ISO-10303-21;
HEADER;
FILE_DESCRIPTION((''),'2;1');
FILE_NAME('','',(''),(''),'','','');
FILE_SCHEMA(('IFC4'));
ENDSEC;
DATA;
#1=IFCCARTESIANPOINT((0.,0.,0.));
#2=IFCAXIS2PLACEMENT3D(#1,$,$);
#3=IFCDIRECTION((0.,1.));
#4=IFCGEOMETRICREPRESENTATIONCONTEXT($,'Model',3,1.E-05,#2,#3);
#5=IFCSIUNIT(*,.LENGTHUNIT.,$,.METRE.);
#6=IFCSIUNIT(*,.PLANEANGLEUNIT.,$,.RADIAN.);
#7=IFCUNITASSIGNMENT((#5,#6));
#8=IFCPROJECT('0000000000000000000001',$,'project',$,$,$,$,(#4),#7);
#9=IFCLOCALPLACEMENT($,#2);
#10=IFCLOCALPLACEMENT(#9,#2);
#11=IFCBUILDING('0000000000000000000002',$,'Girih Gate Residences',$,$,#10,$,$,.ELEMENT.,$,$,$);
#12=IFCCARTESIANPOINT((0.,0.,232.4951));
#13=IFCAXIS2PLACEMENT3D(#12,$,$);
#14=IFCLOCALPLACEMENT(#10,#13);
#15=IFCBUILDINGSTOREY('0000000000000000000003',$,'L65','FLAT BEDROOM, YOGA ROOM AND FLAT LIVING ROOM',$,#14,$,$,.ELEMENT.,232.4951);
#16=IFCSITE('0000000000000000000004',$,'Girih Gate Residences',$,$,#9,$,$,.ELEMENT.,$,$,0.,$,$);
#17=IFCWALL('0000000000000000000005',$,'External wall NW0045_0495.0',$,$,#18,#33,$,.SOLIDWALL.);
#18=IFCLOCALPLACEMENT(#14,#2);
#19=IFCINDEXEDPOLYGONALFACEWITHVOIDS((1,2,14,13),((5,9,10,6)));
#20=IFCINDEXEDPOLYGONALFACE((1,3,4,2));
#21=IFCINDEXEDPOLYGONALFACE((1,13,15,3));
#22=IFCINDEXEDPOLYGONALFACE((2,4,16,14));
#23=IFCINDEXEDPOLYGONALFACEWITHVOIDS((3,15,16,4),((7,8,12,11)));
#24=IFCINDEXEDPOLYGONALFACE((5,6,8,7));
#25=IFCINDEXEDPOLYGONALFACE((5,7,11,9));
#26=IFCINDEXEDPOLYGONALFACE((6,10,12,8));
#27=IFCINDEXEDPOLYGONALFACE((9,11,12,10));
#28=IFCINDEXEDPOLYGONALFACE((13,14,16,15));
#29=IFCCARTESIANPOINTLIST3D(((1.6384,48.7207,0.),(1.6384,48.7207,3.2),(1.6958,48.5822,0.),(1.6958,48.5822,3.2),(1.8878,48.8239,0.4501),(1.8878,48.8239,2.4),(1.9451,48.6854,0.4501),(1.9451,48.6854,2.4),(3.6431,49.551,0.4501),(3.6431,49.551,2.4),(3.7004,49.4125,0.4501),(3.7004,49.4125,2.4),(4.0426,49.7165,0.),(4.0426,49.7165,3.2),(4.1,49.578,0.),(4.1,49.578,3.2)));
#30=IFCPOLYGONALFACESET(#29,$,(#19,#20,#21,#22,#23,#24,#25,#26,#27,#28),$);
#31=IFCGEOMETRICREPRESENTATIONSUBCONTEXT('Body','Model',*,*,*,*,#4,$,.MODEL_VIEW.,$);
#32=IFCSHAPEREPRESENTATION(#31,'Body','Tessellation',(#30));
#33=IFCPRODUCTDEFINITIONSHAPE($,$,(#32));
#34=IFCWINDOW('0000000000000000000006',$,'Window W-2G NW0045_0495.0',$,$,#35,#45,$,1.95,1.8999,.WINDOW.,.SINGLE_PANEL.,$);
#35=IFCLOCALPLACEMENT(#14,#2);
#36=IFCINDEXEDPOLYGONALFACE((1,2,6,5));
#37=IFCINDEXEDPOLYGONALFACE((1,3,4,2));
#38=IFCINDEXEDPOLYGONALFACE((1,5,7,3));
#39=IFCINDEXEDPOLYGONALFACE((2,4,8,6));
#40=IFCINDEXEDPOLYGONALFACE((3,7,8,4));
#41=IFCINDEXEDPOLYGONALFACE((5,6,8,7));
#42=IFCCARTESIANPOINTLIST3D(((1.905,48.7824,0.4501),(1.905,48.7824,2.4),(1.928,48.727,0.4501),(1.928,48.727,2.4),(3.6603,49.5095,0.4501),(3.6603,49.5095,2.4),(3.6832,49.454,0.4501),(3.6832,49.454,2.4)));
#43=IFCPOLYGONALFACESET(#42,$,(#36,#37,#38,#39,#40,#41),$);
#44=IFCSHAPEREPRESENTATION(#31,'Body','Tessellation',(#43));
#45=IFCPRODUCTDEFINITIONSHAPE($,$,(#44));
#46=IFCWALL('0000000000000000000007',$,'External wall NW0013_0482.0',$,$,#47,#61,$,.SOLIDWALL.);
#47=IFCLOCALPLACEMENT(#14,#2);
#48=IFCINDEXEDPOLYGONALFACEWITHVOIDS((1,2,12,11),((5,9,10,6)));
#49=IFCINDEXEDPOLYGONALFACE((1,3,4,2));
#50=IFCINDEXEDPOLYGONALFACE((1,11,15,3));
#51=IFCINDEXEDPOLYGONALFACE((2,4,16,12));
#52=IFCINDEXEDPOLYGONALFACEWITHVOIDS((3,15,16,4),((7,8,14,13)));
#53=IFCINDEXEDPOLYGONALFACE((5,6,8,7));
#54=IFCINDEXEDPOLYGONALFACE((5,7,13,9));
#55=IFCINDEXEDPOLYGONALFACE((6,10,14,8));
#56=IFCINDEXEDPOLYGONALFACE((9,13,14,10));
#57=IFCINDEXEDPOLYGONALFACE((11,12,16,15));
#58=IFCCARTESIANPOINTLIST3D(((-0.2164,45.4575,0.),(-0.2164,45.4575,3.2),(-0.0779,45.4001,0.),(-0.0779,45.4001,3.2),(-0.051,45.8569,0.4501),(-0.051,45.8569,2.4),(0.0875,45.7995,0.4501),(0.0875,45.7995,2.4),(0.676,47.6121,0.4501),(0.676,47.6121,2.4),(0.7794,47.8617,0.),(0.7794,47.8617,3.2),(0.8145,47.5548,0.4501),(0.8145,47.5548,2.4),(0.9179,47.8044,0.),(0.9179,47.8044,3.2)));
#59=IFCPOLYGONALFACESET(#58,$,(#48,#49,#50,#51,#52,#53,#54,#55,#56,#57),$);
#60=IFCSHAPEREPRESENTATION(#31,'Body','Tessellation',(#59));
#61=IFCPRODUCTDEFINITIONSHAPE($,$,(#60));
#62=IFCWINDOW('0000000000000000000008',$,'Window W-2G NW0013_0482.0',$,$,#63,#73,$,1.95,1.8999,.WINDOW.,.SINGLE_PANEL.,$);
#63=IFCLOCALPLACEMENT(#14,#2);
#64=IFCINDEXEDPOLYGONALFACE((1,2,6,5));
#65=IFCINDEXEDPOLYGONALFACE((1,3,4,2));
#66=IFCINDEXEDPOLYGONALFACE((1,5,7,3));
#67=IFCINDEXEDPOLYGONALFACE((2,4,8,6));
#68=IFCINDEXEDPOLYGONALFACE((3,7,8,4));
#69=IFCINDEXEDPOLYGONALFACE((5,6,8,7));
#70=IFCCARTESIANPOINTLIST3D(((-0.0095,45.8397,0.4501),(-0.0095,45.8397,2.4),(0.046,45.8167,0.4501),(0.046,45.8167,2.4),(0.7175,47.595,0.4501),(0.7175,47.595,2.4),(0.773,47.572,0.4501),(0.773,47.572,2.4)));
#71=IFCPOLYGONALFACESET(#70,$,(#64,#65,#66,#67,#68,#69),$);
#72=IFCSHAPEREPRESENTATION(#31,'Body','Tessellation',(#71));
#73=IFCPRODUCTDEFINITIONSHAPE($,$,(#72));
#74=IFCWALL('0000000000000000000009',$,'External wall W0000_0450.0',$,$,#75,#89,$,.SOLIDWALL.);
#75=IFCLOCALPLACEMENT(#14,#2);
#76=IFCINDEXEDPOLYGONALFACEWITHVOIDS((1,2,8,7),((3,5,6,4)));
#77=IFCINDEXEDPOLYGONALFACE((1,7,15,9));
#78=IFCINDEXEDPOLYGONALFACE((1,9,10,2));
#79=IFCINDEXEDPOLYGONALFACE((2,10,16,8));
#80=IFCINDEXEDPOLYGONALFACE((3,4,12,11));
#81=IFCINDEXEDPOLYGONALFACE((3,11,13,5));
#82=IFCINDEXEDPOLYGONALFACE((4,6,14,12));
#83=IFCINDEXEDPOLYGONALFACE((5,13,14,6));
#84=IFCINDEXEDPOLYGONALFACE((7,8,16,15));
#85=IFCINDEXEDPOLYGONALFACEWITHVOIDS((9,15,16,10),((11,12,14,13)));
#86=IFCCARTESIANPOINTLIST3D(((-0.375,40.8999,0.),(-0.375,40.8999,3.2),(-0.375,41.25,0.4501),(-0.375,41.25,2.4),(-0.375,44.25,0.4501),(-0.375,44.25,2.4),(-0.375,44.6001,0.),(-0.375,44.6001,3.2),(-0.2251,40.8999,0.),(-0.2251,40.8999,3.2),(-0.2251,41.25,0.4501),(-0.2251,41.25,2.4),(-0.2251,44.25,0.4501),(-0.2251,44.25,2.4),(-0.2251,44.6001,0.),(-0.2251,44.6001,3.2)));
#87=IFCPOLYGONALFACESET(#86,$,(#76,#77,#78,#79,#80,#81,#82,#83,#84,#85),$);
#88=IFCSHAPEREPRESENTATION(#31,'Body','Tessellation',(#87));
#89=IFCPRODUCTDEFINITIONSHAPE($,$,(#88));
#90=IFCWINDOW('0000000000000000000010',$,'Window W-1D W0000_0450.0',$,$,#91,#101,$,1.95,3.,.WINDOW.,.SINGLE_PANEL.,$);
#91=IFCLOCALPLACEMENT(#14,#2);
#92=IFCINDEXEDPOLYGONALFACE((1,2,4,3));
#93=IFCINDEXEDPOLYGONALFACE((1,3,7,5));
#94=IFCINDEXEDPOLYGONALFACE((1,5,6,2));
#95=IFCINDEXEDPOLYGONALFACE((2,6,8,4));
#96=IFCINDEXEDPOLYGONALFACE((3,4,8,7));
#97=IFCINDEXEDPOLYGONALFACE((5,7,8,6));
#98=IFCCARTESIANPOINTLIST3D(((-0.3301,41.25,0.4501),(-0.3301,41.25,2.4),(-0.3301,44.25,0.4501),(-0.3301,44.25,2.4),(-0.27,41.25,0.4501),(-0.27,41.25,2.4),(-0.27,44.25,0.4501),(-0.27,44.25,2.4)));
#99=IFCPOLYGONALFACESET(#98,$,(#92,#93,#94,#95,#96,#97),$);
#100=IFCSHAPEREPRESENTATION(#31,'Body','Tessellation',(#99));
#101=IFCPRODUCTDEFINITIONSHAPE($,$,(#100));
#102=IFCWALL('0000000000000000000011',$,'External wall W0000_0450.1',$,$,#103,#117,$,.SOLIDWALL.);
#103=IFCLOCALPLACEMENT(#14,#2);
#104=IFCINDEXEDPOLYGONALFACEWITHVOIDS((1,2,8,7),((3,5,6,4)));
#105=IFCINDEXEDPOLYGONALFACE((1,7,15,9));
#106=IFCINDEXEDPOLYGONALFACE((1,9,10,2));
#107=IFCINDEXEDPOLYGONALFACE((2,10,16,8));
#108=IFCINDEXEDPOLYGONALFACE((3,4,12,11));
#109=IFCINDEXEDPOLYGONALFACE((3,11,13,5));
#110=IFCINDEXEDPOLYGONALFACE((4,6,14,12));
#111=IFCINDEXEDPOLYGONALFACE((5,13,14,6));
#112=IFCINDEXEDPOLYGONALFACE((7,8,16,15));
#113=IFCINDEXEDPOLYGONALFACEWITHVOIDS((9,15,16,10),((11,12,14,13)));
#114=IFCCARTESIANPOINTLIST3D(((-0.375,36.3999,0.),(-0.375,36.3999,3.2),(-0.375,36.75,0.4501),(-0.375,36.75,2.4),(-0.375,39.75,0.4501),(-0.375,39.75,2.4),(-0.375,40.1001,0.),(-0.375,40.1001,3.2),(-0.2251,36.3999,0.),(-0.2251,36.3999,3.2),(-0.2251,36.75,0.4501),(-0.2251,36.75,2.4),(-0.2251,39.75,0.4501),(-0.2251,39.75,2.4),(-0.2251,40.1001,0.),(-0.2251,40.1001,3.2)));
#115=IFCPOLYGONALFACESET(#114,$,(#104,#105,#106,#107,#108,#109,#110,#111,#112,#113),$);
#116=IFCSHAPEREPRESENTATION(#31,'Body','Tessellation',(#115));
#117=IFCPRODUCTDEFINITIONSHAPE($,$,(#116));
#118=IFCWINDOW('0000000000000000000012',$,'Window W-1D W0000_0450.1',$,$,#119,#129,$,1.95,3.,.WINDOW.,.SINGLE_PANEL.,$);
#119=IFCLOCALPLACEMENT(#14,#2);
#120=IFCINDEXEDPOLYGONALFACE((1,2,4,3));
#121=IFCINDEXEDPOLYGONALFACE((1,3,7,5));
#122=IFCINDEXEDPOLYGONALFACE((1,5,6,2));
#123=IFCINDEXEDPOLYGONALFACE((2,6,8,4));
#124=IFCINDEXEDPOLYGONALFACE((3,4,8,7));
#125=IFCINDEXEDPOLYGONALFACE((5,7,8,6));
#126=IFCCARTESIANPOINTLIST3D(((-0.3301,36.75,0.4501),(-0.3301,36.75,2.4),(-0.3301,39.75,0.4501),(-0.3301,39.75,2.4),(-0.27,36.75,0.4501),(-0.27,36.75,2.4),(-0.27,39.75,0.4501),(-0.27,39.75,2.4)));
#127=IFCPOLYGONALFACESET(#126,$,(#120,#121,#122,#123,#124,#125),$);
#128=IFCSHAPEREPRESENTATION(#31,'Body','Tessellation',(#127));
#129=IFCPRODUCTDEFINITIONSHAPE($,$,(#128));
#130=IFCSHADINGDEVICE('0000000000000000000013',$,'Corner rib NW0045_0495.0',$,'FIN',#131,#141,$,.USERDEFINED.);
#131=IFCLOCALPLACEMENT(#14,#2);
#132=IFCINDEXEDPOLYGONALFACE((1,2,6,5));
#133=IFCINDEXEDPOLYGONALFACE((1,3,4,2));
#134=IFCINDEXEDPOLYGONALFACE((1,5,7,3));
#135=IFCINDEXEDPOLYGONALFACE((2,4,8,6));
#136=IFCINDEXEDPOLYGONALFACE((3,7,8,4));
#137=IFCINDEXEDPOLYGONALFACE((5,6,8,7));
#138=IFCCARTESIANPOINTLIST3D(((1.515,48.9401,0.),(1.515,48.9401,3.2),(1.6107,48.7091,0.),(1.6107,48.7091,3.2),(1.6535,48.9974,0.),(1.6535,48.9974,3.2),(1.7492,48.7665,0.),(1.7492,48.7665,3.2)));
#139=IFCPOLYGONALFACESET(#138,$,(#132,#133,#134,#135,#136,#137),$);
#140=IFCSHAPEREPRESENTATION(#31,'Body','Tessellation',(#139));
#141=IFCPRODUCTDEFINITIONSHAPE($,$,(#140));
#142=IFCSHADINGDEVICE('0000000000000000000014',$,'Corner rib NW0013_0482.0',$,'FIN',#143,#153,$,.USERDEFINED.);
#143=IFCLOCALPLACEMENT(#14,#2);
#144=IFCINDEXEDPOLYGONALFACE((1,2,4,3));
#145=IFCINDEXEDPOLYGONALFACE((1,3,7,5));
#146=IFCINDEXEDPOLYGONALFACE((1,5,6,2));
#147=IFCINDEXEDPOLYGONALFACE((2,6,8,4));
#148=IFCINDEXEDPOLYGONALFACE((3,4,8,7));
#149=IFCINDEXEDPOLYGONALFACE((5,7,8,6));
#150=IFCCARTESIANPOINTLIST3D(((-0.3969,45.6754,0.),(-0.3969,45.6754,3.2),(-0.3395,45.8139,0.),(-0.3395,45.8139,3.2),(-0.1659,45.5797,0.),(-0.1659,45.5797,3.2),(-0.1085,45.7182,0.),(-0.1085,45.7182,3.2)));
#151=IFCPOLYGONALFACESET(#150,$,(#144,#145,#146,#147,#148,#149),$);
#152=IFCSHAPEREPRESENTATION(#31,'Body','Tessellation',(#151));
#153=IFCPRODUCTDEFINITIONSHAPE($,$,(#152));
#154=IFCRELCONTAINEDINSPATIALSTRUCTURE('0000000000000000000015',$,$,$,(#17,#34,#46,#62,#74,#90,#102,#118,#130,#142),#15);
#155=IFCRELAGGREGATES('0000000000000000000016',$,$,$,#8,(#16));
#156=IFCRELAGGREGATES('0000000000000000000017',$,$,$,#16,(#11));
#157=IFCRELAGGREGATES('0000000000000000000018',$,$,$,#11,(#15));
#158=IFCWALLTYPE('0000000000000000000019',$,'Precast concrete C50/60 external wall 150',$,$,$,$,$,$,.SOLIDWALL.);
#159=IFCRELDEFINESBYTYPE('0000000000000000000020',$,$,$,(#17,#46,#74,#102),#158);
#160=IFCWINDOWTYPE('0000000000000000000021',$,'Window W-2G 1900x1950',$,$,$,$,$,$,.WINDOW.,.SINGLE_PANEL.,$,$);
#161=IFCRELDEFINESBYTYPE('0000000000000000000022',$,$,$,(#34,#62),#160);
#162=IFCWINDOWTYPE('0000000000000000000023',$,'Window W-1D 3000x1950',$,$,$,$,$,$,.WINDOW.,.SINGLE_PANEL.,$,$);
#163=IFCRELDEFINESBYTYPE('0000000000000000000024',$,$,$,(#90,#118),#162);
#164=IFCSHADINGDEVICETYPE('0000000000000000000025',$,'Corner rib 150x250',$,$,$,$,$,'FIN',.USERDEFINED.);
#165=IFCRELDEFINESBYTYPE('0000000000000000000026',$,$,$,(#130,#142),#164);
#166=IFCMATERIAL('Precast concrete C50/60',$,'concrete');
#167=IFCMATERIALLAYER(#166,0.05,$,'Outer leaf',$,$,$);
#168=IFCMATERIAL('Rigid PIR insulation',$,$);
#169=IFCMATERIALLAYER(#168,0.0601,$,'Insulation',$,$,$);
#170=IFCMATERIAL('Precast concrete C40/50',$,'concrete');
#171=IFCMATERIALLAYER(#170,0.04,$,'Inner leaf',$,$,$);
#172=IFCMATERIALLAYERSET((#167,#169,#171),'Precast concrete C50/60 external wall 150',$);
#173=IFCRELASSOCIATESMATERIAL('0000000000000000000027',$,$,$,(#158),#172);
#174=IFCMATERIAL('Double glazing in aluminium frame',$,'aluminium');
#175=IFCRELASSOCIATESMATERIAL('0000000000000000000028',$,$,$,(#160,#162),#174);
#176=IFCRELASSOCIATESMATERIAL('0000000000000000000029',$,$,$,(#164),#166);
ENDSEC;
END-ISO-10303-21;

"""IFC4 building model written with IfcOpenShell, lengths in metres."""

from ifc_helpers import new_model, si_unit, direction, frame, frame_2d, origin, origin_2d, place, context, subcontext, project, spatial, rectangle, extrude, material, layer, layer_set, type_object, element, fill, save


model = new_model("IFC4")

# Units and contexts
model_context = context("Model", 3, precision=1e-05, world=origin(), true_north=direction((0.0, 1.0)))
body_context = subcontext(model_context, "Body", "Model", "MODEL_VIEW")
ifc_project = project(units=[si_unit("LENGTHUNIT", "METRE"), si_unit("PLANEANGLEUNIT", "RADIAN")], contexts=[model_context])

# Site, building, storey
site_placement = place(None, origin())
site = spatial("IfcSite", under=ifc_project, at=site_placement, Name="Girih Gate Residences", CompositionType="ELEMENT", RefElevation=0.0)
building_placement = place(site_placement, origin())
building = spatial("IfcBuilding", under=site, at=building_placement, Name="Girih Gate Residences", CompositionType="ELEMENT")
storey_placement = place(building_placement, frame((0.0, 0.0, 232.4951)))
storey = spatial("IfcBuildingStorey", under=building, at=storey_placement, Name="L65", Description="FLAT BEDROOM, YOGA ROOM AND FLAT LIVING ROOM", CompositionType="ELEMENT", Elevation=232.4951)

# Walls, openings, windows
ifc_material_1 = material(Name="Precast concrete C50/60", Category="concrete")
ifc_layer_1 = layer(ifc_material_1, 0.05, Name="Outer leaf")
ifc_material_2 = material(Name="Rigid PIR insulation")
ifc_layer_2 = layer(ifc_material_2, 0.0601, Name="Insulation")
ifc_material_3 = material(Name="Precast concrete C40/50", Category="concrete")
ifc_layer_3 = layer(ifc_material_3, 0.04, Name="Inner leaf")
ifc_layer_set_1 = layer_set([ifc_layer_1, ifc_layer_2, ifc_layer_3], Name="Precast concrete C50/60 external wall 150")
wall_type_1 = type_object("IfcWallType", Name="Precast concrete C50/60 external wall 150", PredefinedType="SOLIDWALL", material=ifc_layer_set_1)
wall_1_placement = place(storey_placement, frame((1.667, 48.6514, 0.0), z_axis=(0.0, 0.0, 1.0), x_axis=(0.923885, 0.382669, 0.0)))
wall_1 = element("IfcWall", 1, at=wall_1_placement, inside=storey, type_object=wall_type_1, Name="External wall NW0045_0495.0", PredefinedType="SOLIDWALL", context=body_context, shape_type="SweptSolid", body=[
    extrude(rectangle(XDim=2.6023, YDim=0.1499, at=frame_2d((1.3013, 0.0))), origin(), (0.0, 0.0, 1.0), 3.2),
])
opening_1_placement = place(wall_1_placement, frame((0.27, 0.0, 0.45)))
opening_1 = element("IfcOpeningElement", 2, at=opening_1_placement, cuts=wall_1, PredefinedType="OPENING", context=body_context, shape_type="SweptSolid", body=[
    extrude(rectangle(XDim=1.8999, YDim=1.95, at=frame_2d((0.95, 0.9751))), frame((0.0, 0.085, 0.0), z_axis=(0.0, -1.0, 0.0), x_axis=(1.0, 0.0, 0.0)), (0.0, 0.0, 1.0), 0.1699),
])
ifc_material_4 = material(Name="Double glazing in aluminium frame", Category="aluminium")
window_type_1 = type_object("IfcWindowType", Name="Window W-2G 1900x1950", PartitioningType="SINGLE_PANEL", PredefinedType="WINDOW", material=ifc_material_4)
window_1_placement = place(opening_1_placement, origin())
window_1 = element("IfcWindow", 3, at=window_1_placement, inside=storey, type_object=window_type_1, Name="Window W-2G NW0045_0495.0", OverallHeight=1.95, OverallWidth=1.8999, PartitioningType="SINGLE_PANEL", PredefinedType="WINDOW", context=body_context, shape_type="SweptSolid", body=[
    extrude(rectangle(XDim=1.8999, YDim=1.95, at=frame_2d((0.95, 0.9751))), frame((0.0, 0.03, 0.0), z_axis=(0.0, -1.0, 0.0), x_axis=(1.0, 0.0, 0.0)), (0.0, 0.0, 1.0), 0.0601),
])
fill(opening_1, window_1)
wall_2_placement = place(storey_placement, frame((-0.1472, 45.4287, 0.0), z_axis=(0.0, 0.0, 1.0), x_axis=(0.382669, 0.923885, 0.0)))
wall_2 = element("IfcWall", 4, at=wall_2_placement, inside=storey, type_object=wall_type_1, Name="External wall NW0013_0482.0", PredefinedType="SOLIDWALL", context=body_context, shape_type="SweptSolid", body=[
    extrude(rectangle(XDim=2.6023, YDim=0.1499, at=frame_2d((1.3013, 0.0))), origin(), (0.0, 0.0, 1.0), 3.2),
])
opening_2_placement = place(wall_2_placement, frame((0.4324, 0.0, 0.45)))
opening_2 = element("IfcOpeningElement", 5, at=opening_2_placement, cuts=wall_2, PredefinedType="OPENING", context=body_context, shape_type="SweptSolid", body=[
    extrude(rectangle(XDim=1.8999, YDim=1.95, at=frame_2d((0.95, 0.9751))), frame((0.0, 0.085, 0.0), z_axis=(0.0, -1.0, 0.0), x_axis=(1.0, 0.0, 0.0)), (0.0, 0.0, 1.0), 0.1699),
])
window_2_placement = place(opening_2_placement, origin())
window_2 = element("IfcWindow", 6, at=window_2_placement, inside=storey, type_object=window_type_1, Name="Window W-2G NW0013_0482.0", OverallHeight=1.95, OverallWidth=1.8999, PartitioningType="SINGLE_PANEL", PredefinedType="WINDOW", context=body_context, shape_type="SweptSolid", body=[
    extrude(rectangle(XDim=1.8999, YDim=1.95, at=frame_2d((0.95, 0.9751))), frame((0.0, 0.03, 0.0), z_axis=(0.0, -1.0, 0.0), x_axis=(1.0, 0.0, 0.0)), (0.0, 0.0, 1.0), 0.0601),
])
fill(opening_2, window_2)
wall_3_placement = place(storey_placement, frame((-0.3, 40.8999, 0.0), z_axis=(0.0, 0.0, 1.0), x_axis=(0.0, 1.0, 0.0)))
wall_3 = element("IfcWall", 7, at=wall_3_placement, inside=storey, type_object=wall_type_1, Name="External wall W0000_0450.0", PredefinedType="SOLIDWALL", context=body_context, shape_type="SweptSolid", body=[
    extrude(rectangle(XDim=3.7002, YDim=0.1499, at=frame_2d((1.8501, 0.0))), origin(), (0.0, 0.0, 1.0), 3.2),
])
opening_3_placement = place(wall_3_placement, frame((0.3501, 0.0, 0.45)))
opening_3 = element("IfcOpeningElement", 8, at=opening_3_placement, cuts=wall_3, PredefinedType="OPENING", context=body_context, shape_type="SweptSolid", body=[
    extrude(rectangle(XDim=3.0, YDim=1.95, at=frame_2d((1.5, 0.9751))), frame((0.0, 0.085, 0.0), z_axis=(0.0, -1.0, 0.0), x_axis=(1.0, 0.0, 0.0)), (0.0, 0.0, 1.0), 0.1699),
])
window_type_2 = type_object("IfcWindowType", Name="Window W-1D 3000x1950", PartitioningType="SINGLE_PANEL", PredefinedType="WINDOW", material=ifc_material_4)
window_3_placement = place(opening_3_placement, origin())
window_3 = element("IfcWindow", 9, at=window_3_placement, inside=storey, type_object=window_type_2, Name="Window W-1D W0000_0450.0", OverallHeight=1.95, OverallWidth=3.0, PartitioningType="SINGLE_PANEL", PredefinedType="WINDOW", context=body_context, shape_type="SweptSolid", body=[
    extrude(rectangle(XDim=3.0, YDim=1.95, at=frame_2d((1.5, 0.9751))), frame((0.0, 0.03, 0.0), z_axis=(0.0, -1.0, 0.0), x_axis=(1.0, 0.0, 0.0)), (0.0, 0.0, 1.0), 0.0601),
])
fill(opening_3, window_3)
wall_4_placement = place(storey_placement, frame((-0.3, 36.3999, 0.0), z_axis=(0.0, 0.0, 1.0), x_axis=(0.0, 1.0, 0.0)))
wall_4 = element("IfcWall", 10, at=wall_4_placement, inside=storey, type_object=wall_type_1, Name="External wall W0000_0450.1", PredefinedType="SOLIDWALL", context=body_context, shape_type="SweptSolid", body=[
    extrude(rectangle(XDim=3.7002, YDim=0.1499, at=frame_2d((1.8501, 0.0))), origin(), (0.0, 0.0, 1.0), 3.2),
])
opening_4_placement = place(wall_4_placement, frame((0.3501, 0.0, 0.45)))
opening_4 = element("IfcOpeningElement", 11, at=opening_4_placement, cuts=wall_4, PredefinedType="OPENING", context=body_context, shape_type="SweptSolid", body=[
    extrude(rectangle(XDim=3.0, YDim=1.95, at=frame_2d((1.5, 0.9751))), frame((0.0, 0.085, 0.0), z_axis=(0.0, -1.0, 0.0), x_axis=(1.0, 0.0, 0.0)), (0.0, 0.0, 1.0), 0.1699),
])
window_4_placement = place(opening_4_placement, origin())
window_4 = element("IfcWindow", 12, at=window_4_placement, inside=storey, type_object=window_type_2, Name="Window W-1D W0000_0450.1", OverallHeight=1.95, OverallWidth=3.0, PartitioningType="SINGLE_PANEL", PredefinedType="WINDOW", context=body_context, shape_type="SweptSolid", body=[
    extrude(rectangle(XDim=3.0, YDim=1.95, at=frame_2d((1.5, 0.9751))), frame((0.0, 0.03, 0.0), z_axis=(0.0, -1.0, 0.0), x_axis=(1.0, 0.0, 0.0)), (0.0, 0.0, 1.0), 0.0601),
])
fill(opening_4, window_4)

# Shading devices
shading_device_type = type_object("IfcShadingDeviceType", Name="Corner rib 150x250", ElementType="FIN", PredefinedType="USERDEFINED", material=ifc_material_1)
for number, where, z_axis, x_axis, name in (
    (13, (1.6321, 48.8533, 0.0), (0.0, 0.0, 1.0), (-0.92388, -0.382683, 0.0), "Corner rib NW0045_0495.0"),
    (14, (-0.2527, 45.6968, 0.0), (0.0, 0.0, 1.0), (-0.382683, -0.92388, 0.0), "Corner rib NW0013_0482.0"),
):
    element("IfcShadingDevice", number, at=place(storey_placement, frame(where, z_axis=z_axis, x_axis=x_axis)), inside=storey, type_object=shading_device_type, Name=name, ObjectType="FIN", PredefinedType="USERDEFINED", context=body_context, shape_type="SweptSolid", body=[
        extrude(rectangle(XDim=0.1499, YDim=0.25, at=origin_2d()), origin(), (0.0, 0.0, 1.0), 3.2),
    ])

save(model, "model.ifc")
